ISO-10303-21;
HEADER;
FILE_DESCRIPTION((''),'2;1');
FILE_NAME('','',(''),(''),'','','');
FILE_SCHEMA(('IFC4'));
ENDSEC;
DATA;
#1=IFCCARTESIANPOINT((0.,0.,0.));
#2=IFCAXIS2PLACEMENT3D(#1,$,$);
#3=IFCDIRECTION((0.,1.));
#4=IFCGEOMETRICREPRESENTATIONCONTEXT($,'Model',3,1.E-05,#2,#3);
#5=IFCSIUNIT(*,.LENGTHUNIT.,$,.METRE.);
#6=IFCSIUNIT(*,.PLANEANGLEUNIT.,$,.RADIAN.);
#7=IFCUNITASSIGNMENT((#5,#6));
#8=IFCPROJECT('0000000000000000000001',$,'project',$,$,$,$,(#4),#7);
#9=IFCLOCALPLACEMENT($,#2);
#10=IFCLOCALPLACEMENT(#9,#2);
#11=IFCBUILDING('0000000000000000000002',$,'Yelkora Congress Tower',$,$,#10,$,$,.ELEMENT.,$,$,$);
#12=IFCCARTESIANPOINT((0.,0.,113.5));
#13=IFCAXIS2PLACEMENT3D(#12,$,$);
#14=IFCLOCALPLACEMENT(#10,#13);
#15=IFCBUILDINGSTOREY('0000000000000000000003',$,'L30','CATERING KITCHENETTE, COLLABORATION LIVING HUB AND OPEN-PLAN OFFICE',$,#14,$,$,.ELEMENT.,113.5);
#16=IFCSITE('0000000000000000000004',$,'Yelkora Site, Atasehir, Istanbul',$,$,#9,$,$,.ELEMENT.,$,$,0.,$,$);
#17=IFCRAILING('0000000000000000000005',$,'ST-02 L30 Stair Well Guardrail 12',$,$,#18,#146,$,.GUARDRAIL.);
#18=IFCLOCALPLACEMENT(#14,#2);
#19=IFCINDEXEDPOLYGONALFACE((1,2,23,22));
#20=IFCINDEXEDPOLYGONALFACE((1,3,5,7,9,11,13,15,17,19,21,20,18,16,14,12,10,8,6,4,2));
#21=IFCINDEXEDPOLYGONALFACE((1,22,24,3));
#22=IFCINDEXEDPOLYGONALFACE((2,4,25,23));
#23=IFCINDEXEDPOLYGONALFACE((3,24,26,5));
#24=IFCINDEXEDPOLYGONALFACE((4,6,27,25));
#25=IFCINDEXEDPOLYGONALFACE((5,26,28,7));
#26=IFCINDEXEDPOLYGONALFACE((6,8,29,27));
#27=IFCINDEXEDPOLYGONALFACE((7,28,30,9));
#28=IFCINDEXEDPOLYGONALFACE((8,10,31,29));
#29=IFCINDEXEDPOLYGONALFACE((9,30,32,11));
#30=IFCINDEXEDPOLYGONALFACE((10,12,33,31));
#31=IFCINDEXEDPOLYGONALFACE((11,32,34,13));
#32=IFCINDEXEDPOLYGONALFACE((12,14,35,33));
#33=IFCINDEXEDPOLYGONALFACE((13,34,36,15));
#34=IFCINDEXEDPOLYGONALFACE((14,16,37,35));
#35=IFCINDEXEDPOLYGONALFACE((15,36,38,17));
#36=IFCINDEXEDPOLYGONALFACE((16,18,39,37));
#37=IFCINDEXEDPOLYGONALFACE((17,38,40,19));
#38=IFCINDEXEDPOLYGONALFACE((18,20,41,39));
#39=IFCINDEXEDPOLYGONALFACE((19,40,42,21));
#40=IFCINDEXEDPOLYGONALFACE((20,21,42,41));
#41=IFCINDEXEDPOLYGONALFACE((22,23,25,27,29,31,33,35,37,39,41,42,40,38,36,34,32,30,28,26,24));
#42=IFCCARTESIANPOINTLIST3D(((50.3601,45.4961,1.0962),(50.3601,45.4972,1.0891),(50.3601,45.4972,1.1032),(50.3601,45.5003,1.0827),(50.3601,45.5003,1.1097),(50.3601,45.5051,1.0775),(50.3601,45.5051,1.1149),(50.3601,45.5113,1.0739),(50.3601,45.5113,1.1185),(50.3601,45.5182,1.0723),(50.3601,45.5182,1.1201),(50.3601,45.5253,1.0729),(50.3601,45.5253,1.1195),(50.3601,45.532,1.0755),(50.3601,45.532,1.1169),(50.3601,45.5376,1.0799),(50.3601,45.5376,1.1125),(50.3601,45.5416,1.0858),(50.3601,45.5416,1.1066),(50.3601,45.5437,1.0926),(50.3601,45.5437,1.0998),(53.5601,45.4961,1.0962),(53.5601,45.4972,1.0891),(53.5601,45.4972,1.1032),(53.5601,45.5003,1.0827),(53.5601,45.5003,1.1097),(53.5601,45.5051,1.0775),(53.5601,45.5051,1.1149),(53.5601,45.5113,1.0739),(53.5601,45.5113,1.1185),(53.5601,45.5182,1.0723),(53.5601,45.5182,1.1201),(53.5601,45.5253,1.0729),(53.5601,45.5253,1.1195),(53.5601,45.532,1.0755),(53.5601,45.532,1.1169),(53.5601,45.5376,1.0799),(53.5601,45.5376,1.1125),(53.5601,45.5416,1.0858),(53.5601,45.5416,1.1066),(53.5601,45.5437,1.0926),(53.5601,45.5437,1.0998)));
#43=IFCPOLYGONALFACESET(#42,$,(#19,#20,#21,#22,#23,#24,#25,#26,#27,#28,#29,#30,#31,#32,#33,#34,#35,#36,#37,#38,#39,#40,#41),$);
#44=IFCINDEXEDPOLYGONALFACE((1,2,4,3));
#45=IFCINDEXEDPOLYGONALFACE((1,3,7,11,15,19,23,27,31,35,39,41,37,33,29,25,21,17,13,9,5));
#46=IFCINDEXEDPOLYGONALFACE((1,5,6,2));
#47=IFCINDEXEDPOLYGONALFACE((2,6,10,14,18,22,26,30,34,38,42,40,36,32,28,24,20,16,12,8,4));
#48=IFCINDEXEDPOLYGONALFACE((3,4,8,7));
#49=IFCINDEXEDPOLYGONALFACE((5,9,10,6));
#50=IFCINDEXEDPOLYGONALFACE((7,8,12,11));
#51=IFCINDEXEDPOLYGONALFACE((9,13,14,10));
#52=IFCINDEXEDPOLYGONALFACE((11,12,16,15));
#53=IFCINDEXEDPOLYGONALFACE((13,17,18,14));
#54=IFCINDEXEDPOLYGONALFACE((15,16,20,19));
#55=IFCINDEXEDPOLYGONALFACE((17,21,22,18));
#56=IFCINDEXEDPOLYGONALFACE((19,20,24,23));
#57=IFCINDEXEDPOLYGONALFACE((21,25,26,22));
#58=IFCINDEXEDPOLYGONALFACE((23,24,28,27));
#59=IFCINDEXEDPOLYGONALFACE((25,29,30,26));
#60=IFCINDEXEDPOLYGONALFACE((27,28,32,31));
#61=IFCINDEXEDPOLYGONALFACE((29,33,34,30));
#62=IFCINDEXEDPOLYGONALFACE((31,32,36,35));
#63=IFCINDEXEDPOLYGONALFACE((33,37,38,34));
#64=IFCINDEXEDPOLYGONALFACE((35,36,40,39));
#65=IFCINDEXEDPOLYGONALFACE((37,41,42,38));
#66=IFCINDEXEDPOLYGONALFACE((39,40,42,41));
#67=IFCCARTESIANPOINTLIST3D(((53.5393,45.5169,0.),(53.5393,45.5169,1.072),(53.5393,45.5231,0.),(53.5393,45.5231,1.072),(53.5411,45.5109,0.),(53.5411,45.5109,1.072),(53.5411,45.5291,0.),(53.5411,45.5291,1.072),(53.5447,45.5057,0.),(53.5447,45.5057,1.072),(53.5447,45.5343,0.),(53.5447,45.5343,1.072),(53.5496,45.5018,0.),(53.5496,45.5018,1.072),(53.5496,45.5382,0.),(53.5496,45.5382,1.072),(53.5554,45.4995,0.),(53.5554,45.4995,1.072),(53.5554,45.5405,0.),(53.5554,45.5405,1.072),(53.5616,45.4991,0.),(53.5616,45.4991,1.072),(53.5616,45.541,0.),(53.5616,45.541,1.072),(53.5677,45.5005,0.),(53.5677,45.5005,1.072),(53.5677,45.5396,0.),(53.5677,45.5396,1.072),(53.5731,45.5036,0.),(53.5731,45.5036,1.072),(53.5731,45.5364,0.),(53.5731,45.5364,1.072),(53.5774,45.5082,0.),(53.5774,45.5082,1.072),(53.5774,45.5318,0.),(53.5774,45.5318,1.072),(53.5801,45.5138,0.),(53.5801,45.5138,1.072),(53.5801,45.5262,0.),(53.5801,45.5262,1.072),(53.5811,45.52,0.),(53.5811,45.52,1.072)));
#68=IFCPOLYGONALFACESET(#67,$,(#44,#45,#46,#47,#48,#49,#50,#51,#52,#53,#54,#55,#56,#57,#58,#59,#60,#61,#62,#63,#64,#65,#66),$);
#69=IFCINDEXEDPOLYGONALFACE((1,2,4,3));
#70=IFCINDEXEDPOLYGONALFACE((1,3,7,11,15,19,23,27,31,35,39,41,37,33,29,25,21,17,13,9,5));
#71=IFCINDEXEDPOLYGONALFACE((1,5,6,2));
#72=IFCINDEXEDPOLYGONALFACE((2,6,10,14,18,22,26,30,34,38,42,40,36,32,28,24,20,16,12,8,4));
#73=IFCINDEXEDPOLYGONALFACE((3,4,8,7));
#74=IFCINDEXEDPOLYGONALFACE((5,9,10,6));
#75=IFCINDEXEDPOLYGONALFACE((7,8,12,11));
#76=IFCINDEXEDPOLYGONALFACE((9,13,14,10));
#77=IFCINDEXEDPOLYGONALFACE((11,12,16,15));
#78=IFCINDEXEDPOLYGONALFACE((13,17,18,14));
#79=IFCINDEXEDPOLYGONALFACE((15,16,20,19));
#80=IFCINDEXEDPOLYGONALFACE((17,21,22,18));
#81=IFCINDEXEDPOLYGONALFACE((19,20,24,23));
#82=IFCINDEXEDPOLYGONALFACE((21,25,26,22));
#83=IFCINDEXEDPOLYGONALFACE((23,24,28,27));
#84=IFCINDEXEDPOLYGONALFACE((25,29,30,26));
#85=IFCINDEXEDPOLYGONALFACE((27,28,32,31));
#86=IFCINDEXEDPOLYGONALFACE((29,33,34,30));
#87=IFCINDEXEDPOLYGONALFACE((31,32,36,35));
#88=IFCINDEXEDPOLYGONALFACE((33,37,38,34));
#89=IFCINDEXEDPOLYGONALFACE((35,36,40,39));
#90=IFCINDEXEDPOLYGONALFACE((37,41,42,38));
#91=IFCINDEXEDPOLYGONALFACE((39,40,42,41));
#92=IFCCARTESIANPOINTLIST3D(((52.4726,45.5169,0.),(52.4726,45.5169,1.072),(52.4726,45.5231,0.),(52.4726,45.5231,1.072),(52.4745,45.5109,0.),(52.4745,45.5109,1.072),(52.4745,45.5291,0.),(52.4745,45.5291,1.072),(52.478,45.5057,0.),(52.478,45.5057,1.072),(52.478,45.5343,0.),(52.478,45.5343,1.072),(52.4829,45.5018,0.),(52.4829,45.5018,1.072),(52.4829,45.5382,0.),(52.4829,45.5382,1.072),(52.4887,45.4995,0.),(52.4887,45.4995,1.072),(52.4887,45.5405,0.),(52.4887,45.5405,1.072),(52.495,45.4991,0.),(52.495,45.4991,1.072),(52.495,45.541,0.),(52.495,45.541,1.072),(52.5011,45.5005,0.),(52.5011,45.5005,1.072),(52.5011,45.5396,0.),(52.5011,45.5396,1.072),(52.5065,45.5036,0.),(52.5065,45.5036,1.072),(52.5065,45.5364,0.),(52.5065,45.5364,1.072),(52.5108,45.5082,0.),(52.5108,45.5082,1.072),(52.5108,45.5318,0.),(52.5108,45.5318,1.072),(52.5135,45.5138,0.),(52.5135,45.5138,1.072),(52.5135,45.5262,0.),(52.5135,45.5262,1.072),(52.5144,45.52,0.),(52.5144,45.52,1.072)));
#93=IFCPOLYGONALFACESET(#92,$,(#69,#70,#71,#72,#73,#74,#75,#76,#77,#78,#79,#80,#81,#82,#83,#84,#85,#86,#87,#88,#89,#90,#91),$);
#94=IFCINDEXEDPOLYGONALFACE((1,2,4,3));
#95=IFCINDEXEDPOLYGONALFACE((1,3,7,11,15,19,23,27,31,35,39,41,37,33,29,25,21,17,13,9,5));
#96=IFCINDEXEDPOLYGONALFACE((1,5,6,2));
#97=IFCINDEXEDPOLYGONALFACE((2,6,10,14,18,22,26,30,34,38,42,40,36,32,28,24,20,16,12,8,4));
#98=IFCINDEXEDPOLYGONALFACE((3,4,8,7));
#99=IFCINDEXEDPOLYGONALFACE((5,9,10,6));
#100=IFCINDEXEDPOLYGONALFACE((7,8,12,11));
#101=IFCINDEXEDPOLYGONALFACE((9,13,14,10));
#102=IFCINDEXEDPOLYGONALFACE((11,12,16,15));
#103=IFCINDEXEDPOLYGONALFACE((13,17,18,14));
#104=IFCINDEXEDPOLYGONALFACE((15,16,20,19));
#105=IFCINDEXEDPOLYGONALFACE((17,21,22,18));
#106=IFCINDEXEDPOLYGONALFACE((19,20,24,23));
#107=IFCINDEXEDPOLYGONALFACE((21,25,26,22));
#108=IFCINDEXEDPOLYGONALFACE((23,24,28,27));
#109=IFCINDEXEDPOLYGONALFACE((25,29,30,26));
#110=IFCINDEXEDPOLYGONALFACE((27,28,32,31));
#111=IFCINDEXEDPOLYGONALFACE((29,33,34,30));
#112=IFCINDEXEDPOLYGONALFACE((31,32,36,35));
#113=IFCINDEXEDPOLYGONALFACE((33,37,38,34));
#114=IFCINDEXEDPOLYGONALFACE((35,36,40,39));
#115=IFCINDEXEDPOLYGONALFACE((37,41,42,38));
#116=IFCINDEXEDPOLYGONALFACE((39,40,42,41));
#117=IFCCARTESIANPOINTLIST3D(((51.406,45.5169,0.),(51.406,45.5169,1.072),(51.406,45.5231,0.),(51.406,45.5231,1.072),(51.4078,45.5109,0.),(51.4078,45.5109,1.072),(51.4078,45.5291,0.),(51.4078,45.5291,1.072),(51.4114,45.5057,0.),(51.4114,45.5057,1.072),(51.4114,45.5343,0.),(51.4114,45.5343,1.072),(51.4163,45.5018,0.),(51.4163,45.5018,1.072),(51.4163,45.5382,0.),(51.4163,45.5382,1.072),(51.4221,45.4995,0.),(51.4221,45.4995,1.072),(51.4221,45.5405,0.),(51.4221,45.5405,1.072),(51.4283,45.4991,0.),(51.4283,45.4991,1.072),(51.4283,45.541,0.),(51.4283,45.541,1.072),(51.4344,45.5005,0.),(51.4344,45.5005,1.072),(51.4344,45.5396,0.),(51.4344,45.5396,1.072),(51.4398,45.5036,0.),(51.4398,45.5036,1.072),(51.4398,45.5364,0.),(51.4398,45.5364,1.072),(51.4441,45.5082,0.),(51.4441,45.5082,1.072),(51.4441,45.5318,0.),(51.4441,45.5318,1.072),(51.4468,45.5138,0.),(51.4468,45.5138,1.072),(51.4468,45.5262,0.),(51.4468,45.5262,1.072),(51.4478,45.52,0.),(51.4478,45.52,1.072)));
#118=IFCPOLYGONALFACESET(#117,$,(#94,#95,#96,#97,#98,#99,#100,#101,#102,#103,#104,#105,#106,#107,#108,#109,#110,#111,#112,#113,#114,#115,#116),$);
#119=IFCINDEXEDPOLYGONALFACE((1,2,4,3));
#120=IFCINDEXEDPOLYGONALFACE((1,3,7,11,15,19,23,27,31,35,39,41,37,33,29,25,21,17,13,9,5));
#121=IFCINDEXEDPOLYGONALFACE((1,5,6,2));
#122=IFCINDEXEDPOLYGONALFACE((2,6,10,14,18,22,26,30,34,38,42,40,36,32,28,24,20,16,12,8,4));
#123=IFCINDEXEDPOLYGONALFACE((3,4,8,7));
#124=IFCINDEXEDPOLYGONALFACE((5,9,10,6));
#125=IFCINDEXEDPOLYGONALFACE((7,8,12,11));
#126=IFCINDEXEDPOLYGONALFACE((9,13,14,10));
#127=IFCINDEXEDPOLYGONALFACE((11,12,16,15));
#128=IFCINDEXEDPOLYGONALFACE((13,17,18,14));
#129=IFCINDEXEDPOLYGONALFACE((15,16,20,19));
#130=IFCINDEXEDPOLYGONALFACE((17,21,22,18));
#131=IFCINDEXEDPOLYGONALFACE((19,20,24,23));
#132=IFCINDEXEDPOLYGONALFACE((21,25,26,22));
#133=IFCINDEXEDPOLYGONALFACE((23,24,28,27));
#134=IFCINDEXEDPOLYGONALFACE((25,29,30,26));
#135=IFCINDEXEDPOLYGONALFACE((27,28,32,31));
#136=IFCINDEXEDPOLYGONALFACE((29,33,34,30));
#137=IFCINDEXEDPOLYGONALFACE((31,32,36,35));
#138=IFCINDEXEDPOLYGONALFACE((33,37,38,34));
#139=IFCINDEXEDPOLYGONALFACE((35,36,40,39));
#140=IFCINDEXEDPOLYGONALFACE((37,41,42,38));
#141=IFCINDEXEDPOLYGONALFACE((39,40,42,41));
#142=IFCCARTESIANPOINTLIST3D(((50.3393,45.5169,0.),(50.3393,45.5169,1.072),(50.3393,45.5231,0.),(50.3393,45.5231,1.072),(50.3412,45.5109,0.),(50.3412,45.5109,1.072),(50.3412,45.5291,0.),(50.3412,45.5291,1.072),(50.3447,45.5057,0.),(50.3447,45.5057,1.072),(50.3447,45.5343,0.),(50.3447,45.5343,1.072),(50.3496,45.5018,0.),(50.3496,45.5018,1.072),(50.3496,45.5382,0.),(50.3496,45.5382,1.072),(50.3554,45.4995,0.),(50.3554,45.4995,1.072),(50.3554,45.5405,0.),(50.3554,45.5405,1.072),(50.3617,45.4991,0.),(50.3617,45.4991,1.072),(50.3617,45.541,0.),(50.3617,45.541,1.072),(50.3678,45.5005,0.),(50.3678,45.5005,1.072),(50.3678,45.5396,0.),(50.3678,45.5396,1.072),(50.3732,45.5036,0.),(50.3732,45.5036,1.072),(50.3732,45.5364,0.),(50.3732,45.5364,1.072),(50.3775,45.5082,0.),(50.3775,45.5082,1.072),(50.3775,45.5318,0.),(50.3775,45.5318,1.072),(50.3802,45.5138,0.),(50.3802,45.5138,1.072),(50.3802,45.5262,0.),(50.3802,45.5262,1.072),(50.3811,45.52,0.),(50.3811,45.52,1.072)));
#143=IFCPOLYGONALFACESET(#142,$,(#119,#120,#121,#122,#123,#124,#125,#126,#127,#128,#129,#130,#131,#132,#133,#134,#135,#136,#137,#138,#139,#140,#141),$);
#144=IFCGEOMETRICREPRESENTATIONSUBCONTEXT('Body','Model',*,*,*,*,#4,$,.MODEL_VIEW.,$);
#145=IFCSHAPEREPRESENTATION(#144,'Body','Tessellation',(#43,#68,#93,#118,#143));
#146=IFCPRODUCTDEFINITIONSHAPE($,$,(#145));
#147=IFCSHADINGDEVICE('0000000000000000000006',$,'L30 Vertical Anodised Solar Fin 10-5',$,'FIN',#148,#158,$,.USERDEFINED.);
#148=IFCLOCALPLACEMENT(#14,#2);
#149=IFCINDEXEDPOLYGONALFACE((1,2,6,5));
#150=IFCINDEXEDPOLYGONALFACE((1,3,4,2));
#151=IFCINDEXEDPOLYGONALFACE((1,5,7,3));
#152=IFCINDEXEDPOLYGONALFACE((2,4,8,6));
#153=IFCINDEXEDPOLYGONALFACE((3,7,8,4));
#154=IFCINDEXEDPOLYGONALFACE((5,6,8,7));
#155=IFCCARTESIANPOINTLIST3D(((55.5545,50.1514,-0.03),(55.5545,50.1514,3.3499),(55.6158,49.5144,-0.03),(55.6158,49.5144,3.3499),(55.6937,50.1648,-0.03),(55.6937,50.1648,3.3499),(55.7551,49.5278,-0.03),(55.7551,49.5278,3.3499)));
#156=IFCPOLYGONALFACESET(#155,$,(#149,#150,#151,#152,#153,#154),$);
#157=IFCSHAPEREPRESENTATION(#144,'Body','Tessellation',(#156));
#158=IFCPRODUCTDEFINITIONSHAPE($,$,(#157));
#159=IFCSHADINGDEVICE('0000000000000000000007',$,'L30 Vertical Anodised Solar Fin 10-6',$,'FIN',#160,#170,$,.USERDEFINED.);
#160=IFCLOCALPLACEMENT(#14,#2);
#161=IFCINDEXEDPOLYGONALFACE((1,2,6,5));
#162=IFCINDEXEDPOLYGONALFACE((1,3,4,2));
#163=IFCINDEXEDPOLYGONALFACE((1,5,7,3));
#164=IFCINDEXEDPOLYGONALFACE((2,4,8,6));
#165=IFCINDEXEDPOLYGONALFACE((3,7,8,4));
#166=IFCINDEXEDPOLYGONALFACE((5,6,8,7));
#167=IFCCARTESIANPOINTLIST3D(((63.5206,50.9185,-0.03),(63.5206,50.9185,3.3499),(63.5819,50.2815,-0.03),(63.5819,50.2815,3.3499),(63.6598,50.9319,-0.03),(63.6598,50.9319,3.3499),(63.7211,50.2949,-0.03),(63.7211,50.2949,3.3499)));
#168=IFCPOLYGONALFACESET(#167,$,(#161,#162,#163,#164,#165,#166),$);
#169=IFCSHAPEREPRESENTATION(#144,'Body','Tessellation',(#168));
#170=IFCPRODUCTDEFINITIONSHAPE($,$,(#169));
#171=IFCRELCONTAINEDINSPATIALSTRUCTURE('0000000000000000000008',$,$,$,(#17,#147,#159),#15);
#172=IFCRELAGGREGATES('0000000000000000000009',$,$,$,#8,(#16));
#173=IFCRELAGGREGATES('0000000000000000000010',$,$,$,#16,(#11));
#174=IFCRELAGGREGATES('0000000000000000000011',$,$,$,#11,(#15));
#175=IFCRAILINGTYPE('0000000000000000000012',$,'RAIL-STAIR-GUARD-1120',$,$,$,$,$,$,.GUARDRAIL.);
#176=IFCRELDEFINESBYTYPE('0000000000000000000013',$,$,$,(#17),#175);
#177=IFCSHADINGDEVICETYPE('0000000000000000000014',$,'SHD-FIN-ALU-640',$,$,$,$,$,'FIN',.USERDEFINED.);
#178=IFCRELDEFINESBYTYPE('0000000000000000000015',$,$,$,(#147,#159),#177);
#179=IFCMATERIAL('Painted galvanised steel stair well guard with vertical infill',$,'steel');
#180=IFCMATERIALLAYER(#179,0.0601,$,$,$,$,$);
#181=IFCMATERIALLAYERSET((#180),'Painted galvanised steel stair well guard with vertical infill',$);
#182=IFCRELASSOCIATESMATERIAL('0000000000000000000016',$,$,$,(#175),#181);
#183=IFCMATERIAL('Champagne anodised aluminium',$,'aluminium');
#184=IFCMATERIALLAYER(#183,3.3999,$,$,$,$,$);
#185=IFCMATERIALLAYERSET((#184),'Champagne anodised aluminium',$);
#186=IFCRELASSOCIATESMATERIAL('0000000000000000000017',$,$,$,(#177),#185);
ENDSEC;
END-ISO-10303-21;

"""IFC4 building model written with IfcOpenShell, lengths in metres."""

from ifc_helpers import new_model, si_unit, direction, frame, origin, origin_2d, place, context, subcontext, project, spatial, rectangle, circle, extrude, material, layer, layer_set, type_object, element, save


model = new_model("IFC4")

# Units and contexts
model_context = context("Model", 3, precision=1e-05, world=origin(), true_north=direction((0.0, 1.0)))
body_context = subcontext(model_context, "Body", "Model", "MODEL_VIEW")
ifc_project = project(units=[si_unit("LENGTHUNIT", "METRE"), si_unit("PLANEANGLEUNIT", "RADIAN")], contexts=[model_context])

# Site, building, storey
site_placement = place(None, origin())
site = spatial("IfcSite", under=ifc_project, at=site_placement, Name="Yelkora Site, Atasehir, Istanbul", CompositionType="ELEMENT", RefElevation=0.0)
building_placement = place(site_placement, origin())
building = spatial("IfcBuilding", under=site, at=building_placement, Name="Yelkora Congress Tower", CompositionType="ELEMENT")
storey_placement = place(building_placement, frame((0.0, 0.0, 113.5)))
storey = spatial("IfcBuildingStorey", under=building, at=storey_placement, Name="L30", Description="CATERING KITCHENETTE, COLLABORATION LIVING HUB AND OPEN-PLAN OFFICE", CompositionType="ELEMENT", Elevation=113.5)

# Railing
ifc_material_1 = material(Name="Painted galvanised steel stair well guard with vertical infill", Category="steel")
ifc_layer_1 = layer(ifc_material_1, 0.0601)
ifc_layer_set_1 = layer_set([ifc_layer_1], Name="Painted galvanised steel stair well guard with vertical infill")
railing_type = type_object("IfcRailingType", Name="RAIL-STAIR-GUARD-1120", PredefinedType="GUARDRAIL", material=ifc_layer_set_1)
railing_1_placement = place(storey_placement, frame((53.5601, 45.52, 0.0)))
element("IfcRailing", 1, at=railing_1_placement, inside=storey, type_object=railing_type, Name="ST-02 L30 Stair Well Guardrail 12", PredefinedType="GUARDRAIL", context=body_context, shape_type="SweptSolid", body=[
    extrude(circle(Radius=0.0239, at=origin_2d()), frame((0.0, 0.0, 1.0962), z_axis=(-1.0, 0.0, 0.0), x_axis=(0.0, -1.0, 0.0)), (0.0, 0.0, 1.0), 3.2),
    extrude(circle(Radius=0.021, at=origin_2d()), origin(), (0.0, 0.0, 1.0), 1.072),
    extrude(circle(Radius=0.021, at=origin_2d()), frame((-1.0667, 0.0, 0.0)), (0.0, 0.0, 1.0), 1.072),
    extrude(circle(Radius=0.021, at=origin_2d()), frame((-2.1333, 0.0, 0.0)), (0.0, 0.0, 1.0), 1.072),
    extrude(circle(Radius=0.021, at=origin_2d()), frame((-3.2, 0.0, 0.0)), (0.0, 0.0, 1.0), 1.072),
])

# Shading devices
ifc_material_2 = material(Name="Champagne anodised aluminium", Category="aluminium")
ifc_layer_2 = layer(ifc_material_2, 3.3999)
ifc_layer_set_2 = layer_set([ifc_layer_2], Name="Champagne anodised aluminium")
shading_device_type = type_object("IfcShadingDeviceType", Name="SHD-FIN-ALU-640", ElementType="FIN", PredefinedType="USERDEFINED", material=ifc_layer_set_2)
for number, where, z_axis, x_axis, name in (
    (2, (55.6548, 49.8396, -0.03), (0.0, 0.0, 1.0), (0.995396, 0.095846, 0.0), "L30 Vertical Anodised Solar Fin 10-5"),
    (3, (63.6208, 50.6067, -0.03), (0.0, 0.0, 1.0), (0.995396, 0.095846, 0.0), "L30 Vertical Anodised Solar Fin 10-6"),
):
    element("IfcShadingDevice", number, at=place(storey_placement, frame(where, z_axis=z_axis, x_axis=x_axis)), inside=storey, type_object=shading_device_type, Name=name, ObjectType="FIN", PredefinedType="USERDEFINED", context=body_context, shape_type="SweptSolid", body=[
        extrude(rectangle(XDim=0.1399, YDim=0.6399, at=origin_2d()), origin(), (0.0, 0.0, 1.0), 3.3799),
    ])

save(model, "model.ifc")
